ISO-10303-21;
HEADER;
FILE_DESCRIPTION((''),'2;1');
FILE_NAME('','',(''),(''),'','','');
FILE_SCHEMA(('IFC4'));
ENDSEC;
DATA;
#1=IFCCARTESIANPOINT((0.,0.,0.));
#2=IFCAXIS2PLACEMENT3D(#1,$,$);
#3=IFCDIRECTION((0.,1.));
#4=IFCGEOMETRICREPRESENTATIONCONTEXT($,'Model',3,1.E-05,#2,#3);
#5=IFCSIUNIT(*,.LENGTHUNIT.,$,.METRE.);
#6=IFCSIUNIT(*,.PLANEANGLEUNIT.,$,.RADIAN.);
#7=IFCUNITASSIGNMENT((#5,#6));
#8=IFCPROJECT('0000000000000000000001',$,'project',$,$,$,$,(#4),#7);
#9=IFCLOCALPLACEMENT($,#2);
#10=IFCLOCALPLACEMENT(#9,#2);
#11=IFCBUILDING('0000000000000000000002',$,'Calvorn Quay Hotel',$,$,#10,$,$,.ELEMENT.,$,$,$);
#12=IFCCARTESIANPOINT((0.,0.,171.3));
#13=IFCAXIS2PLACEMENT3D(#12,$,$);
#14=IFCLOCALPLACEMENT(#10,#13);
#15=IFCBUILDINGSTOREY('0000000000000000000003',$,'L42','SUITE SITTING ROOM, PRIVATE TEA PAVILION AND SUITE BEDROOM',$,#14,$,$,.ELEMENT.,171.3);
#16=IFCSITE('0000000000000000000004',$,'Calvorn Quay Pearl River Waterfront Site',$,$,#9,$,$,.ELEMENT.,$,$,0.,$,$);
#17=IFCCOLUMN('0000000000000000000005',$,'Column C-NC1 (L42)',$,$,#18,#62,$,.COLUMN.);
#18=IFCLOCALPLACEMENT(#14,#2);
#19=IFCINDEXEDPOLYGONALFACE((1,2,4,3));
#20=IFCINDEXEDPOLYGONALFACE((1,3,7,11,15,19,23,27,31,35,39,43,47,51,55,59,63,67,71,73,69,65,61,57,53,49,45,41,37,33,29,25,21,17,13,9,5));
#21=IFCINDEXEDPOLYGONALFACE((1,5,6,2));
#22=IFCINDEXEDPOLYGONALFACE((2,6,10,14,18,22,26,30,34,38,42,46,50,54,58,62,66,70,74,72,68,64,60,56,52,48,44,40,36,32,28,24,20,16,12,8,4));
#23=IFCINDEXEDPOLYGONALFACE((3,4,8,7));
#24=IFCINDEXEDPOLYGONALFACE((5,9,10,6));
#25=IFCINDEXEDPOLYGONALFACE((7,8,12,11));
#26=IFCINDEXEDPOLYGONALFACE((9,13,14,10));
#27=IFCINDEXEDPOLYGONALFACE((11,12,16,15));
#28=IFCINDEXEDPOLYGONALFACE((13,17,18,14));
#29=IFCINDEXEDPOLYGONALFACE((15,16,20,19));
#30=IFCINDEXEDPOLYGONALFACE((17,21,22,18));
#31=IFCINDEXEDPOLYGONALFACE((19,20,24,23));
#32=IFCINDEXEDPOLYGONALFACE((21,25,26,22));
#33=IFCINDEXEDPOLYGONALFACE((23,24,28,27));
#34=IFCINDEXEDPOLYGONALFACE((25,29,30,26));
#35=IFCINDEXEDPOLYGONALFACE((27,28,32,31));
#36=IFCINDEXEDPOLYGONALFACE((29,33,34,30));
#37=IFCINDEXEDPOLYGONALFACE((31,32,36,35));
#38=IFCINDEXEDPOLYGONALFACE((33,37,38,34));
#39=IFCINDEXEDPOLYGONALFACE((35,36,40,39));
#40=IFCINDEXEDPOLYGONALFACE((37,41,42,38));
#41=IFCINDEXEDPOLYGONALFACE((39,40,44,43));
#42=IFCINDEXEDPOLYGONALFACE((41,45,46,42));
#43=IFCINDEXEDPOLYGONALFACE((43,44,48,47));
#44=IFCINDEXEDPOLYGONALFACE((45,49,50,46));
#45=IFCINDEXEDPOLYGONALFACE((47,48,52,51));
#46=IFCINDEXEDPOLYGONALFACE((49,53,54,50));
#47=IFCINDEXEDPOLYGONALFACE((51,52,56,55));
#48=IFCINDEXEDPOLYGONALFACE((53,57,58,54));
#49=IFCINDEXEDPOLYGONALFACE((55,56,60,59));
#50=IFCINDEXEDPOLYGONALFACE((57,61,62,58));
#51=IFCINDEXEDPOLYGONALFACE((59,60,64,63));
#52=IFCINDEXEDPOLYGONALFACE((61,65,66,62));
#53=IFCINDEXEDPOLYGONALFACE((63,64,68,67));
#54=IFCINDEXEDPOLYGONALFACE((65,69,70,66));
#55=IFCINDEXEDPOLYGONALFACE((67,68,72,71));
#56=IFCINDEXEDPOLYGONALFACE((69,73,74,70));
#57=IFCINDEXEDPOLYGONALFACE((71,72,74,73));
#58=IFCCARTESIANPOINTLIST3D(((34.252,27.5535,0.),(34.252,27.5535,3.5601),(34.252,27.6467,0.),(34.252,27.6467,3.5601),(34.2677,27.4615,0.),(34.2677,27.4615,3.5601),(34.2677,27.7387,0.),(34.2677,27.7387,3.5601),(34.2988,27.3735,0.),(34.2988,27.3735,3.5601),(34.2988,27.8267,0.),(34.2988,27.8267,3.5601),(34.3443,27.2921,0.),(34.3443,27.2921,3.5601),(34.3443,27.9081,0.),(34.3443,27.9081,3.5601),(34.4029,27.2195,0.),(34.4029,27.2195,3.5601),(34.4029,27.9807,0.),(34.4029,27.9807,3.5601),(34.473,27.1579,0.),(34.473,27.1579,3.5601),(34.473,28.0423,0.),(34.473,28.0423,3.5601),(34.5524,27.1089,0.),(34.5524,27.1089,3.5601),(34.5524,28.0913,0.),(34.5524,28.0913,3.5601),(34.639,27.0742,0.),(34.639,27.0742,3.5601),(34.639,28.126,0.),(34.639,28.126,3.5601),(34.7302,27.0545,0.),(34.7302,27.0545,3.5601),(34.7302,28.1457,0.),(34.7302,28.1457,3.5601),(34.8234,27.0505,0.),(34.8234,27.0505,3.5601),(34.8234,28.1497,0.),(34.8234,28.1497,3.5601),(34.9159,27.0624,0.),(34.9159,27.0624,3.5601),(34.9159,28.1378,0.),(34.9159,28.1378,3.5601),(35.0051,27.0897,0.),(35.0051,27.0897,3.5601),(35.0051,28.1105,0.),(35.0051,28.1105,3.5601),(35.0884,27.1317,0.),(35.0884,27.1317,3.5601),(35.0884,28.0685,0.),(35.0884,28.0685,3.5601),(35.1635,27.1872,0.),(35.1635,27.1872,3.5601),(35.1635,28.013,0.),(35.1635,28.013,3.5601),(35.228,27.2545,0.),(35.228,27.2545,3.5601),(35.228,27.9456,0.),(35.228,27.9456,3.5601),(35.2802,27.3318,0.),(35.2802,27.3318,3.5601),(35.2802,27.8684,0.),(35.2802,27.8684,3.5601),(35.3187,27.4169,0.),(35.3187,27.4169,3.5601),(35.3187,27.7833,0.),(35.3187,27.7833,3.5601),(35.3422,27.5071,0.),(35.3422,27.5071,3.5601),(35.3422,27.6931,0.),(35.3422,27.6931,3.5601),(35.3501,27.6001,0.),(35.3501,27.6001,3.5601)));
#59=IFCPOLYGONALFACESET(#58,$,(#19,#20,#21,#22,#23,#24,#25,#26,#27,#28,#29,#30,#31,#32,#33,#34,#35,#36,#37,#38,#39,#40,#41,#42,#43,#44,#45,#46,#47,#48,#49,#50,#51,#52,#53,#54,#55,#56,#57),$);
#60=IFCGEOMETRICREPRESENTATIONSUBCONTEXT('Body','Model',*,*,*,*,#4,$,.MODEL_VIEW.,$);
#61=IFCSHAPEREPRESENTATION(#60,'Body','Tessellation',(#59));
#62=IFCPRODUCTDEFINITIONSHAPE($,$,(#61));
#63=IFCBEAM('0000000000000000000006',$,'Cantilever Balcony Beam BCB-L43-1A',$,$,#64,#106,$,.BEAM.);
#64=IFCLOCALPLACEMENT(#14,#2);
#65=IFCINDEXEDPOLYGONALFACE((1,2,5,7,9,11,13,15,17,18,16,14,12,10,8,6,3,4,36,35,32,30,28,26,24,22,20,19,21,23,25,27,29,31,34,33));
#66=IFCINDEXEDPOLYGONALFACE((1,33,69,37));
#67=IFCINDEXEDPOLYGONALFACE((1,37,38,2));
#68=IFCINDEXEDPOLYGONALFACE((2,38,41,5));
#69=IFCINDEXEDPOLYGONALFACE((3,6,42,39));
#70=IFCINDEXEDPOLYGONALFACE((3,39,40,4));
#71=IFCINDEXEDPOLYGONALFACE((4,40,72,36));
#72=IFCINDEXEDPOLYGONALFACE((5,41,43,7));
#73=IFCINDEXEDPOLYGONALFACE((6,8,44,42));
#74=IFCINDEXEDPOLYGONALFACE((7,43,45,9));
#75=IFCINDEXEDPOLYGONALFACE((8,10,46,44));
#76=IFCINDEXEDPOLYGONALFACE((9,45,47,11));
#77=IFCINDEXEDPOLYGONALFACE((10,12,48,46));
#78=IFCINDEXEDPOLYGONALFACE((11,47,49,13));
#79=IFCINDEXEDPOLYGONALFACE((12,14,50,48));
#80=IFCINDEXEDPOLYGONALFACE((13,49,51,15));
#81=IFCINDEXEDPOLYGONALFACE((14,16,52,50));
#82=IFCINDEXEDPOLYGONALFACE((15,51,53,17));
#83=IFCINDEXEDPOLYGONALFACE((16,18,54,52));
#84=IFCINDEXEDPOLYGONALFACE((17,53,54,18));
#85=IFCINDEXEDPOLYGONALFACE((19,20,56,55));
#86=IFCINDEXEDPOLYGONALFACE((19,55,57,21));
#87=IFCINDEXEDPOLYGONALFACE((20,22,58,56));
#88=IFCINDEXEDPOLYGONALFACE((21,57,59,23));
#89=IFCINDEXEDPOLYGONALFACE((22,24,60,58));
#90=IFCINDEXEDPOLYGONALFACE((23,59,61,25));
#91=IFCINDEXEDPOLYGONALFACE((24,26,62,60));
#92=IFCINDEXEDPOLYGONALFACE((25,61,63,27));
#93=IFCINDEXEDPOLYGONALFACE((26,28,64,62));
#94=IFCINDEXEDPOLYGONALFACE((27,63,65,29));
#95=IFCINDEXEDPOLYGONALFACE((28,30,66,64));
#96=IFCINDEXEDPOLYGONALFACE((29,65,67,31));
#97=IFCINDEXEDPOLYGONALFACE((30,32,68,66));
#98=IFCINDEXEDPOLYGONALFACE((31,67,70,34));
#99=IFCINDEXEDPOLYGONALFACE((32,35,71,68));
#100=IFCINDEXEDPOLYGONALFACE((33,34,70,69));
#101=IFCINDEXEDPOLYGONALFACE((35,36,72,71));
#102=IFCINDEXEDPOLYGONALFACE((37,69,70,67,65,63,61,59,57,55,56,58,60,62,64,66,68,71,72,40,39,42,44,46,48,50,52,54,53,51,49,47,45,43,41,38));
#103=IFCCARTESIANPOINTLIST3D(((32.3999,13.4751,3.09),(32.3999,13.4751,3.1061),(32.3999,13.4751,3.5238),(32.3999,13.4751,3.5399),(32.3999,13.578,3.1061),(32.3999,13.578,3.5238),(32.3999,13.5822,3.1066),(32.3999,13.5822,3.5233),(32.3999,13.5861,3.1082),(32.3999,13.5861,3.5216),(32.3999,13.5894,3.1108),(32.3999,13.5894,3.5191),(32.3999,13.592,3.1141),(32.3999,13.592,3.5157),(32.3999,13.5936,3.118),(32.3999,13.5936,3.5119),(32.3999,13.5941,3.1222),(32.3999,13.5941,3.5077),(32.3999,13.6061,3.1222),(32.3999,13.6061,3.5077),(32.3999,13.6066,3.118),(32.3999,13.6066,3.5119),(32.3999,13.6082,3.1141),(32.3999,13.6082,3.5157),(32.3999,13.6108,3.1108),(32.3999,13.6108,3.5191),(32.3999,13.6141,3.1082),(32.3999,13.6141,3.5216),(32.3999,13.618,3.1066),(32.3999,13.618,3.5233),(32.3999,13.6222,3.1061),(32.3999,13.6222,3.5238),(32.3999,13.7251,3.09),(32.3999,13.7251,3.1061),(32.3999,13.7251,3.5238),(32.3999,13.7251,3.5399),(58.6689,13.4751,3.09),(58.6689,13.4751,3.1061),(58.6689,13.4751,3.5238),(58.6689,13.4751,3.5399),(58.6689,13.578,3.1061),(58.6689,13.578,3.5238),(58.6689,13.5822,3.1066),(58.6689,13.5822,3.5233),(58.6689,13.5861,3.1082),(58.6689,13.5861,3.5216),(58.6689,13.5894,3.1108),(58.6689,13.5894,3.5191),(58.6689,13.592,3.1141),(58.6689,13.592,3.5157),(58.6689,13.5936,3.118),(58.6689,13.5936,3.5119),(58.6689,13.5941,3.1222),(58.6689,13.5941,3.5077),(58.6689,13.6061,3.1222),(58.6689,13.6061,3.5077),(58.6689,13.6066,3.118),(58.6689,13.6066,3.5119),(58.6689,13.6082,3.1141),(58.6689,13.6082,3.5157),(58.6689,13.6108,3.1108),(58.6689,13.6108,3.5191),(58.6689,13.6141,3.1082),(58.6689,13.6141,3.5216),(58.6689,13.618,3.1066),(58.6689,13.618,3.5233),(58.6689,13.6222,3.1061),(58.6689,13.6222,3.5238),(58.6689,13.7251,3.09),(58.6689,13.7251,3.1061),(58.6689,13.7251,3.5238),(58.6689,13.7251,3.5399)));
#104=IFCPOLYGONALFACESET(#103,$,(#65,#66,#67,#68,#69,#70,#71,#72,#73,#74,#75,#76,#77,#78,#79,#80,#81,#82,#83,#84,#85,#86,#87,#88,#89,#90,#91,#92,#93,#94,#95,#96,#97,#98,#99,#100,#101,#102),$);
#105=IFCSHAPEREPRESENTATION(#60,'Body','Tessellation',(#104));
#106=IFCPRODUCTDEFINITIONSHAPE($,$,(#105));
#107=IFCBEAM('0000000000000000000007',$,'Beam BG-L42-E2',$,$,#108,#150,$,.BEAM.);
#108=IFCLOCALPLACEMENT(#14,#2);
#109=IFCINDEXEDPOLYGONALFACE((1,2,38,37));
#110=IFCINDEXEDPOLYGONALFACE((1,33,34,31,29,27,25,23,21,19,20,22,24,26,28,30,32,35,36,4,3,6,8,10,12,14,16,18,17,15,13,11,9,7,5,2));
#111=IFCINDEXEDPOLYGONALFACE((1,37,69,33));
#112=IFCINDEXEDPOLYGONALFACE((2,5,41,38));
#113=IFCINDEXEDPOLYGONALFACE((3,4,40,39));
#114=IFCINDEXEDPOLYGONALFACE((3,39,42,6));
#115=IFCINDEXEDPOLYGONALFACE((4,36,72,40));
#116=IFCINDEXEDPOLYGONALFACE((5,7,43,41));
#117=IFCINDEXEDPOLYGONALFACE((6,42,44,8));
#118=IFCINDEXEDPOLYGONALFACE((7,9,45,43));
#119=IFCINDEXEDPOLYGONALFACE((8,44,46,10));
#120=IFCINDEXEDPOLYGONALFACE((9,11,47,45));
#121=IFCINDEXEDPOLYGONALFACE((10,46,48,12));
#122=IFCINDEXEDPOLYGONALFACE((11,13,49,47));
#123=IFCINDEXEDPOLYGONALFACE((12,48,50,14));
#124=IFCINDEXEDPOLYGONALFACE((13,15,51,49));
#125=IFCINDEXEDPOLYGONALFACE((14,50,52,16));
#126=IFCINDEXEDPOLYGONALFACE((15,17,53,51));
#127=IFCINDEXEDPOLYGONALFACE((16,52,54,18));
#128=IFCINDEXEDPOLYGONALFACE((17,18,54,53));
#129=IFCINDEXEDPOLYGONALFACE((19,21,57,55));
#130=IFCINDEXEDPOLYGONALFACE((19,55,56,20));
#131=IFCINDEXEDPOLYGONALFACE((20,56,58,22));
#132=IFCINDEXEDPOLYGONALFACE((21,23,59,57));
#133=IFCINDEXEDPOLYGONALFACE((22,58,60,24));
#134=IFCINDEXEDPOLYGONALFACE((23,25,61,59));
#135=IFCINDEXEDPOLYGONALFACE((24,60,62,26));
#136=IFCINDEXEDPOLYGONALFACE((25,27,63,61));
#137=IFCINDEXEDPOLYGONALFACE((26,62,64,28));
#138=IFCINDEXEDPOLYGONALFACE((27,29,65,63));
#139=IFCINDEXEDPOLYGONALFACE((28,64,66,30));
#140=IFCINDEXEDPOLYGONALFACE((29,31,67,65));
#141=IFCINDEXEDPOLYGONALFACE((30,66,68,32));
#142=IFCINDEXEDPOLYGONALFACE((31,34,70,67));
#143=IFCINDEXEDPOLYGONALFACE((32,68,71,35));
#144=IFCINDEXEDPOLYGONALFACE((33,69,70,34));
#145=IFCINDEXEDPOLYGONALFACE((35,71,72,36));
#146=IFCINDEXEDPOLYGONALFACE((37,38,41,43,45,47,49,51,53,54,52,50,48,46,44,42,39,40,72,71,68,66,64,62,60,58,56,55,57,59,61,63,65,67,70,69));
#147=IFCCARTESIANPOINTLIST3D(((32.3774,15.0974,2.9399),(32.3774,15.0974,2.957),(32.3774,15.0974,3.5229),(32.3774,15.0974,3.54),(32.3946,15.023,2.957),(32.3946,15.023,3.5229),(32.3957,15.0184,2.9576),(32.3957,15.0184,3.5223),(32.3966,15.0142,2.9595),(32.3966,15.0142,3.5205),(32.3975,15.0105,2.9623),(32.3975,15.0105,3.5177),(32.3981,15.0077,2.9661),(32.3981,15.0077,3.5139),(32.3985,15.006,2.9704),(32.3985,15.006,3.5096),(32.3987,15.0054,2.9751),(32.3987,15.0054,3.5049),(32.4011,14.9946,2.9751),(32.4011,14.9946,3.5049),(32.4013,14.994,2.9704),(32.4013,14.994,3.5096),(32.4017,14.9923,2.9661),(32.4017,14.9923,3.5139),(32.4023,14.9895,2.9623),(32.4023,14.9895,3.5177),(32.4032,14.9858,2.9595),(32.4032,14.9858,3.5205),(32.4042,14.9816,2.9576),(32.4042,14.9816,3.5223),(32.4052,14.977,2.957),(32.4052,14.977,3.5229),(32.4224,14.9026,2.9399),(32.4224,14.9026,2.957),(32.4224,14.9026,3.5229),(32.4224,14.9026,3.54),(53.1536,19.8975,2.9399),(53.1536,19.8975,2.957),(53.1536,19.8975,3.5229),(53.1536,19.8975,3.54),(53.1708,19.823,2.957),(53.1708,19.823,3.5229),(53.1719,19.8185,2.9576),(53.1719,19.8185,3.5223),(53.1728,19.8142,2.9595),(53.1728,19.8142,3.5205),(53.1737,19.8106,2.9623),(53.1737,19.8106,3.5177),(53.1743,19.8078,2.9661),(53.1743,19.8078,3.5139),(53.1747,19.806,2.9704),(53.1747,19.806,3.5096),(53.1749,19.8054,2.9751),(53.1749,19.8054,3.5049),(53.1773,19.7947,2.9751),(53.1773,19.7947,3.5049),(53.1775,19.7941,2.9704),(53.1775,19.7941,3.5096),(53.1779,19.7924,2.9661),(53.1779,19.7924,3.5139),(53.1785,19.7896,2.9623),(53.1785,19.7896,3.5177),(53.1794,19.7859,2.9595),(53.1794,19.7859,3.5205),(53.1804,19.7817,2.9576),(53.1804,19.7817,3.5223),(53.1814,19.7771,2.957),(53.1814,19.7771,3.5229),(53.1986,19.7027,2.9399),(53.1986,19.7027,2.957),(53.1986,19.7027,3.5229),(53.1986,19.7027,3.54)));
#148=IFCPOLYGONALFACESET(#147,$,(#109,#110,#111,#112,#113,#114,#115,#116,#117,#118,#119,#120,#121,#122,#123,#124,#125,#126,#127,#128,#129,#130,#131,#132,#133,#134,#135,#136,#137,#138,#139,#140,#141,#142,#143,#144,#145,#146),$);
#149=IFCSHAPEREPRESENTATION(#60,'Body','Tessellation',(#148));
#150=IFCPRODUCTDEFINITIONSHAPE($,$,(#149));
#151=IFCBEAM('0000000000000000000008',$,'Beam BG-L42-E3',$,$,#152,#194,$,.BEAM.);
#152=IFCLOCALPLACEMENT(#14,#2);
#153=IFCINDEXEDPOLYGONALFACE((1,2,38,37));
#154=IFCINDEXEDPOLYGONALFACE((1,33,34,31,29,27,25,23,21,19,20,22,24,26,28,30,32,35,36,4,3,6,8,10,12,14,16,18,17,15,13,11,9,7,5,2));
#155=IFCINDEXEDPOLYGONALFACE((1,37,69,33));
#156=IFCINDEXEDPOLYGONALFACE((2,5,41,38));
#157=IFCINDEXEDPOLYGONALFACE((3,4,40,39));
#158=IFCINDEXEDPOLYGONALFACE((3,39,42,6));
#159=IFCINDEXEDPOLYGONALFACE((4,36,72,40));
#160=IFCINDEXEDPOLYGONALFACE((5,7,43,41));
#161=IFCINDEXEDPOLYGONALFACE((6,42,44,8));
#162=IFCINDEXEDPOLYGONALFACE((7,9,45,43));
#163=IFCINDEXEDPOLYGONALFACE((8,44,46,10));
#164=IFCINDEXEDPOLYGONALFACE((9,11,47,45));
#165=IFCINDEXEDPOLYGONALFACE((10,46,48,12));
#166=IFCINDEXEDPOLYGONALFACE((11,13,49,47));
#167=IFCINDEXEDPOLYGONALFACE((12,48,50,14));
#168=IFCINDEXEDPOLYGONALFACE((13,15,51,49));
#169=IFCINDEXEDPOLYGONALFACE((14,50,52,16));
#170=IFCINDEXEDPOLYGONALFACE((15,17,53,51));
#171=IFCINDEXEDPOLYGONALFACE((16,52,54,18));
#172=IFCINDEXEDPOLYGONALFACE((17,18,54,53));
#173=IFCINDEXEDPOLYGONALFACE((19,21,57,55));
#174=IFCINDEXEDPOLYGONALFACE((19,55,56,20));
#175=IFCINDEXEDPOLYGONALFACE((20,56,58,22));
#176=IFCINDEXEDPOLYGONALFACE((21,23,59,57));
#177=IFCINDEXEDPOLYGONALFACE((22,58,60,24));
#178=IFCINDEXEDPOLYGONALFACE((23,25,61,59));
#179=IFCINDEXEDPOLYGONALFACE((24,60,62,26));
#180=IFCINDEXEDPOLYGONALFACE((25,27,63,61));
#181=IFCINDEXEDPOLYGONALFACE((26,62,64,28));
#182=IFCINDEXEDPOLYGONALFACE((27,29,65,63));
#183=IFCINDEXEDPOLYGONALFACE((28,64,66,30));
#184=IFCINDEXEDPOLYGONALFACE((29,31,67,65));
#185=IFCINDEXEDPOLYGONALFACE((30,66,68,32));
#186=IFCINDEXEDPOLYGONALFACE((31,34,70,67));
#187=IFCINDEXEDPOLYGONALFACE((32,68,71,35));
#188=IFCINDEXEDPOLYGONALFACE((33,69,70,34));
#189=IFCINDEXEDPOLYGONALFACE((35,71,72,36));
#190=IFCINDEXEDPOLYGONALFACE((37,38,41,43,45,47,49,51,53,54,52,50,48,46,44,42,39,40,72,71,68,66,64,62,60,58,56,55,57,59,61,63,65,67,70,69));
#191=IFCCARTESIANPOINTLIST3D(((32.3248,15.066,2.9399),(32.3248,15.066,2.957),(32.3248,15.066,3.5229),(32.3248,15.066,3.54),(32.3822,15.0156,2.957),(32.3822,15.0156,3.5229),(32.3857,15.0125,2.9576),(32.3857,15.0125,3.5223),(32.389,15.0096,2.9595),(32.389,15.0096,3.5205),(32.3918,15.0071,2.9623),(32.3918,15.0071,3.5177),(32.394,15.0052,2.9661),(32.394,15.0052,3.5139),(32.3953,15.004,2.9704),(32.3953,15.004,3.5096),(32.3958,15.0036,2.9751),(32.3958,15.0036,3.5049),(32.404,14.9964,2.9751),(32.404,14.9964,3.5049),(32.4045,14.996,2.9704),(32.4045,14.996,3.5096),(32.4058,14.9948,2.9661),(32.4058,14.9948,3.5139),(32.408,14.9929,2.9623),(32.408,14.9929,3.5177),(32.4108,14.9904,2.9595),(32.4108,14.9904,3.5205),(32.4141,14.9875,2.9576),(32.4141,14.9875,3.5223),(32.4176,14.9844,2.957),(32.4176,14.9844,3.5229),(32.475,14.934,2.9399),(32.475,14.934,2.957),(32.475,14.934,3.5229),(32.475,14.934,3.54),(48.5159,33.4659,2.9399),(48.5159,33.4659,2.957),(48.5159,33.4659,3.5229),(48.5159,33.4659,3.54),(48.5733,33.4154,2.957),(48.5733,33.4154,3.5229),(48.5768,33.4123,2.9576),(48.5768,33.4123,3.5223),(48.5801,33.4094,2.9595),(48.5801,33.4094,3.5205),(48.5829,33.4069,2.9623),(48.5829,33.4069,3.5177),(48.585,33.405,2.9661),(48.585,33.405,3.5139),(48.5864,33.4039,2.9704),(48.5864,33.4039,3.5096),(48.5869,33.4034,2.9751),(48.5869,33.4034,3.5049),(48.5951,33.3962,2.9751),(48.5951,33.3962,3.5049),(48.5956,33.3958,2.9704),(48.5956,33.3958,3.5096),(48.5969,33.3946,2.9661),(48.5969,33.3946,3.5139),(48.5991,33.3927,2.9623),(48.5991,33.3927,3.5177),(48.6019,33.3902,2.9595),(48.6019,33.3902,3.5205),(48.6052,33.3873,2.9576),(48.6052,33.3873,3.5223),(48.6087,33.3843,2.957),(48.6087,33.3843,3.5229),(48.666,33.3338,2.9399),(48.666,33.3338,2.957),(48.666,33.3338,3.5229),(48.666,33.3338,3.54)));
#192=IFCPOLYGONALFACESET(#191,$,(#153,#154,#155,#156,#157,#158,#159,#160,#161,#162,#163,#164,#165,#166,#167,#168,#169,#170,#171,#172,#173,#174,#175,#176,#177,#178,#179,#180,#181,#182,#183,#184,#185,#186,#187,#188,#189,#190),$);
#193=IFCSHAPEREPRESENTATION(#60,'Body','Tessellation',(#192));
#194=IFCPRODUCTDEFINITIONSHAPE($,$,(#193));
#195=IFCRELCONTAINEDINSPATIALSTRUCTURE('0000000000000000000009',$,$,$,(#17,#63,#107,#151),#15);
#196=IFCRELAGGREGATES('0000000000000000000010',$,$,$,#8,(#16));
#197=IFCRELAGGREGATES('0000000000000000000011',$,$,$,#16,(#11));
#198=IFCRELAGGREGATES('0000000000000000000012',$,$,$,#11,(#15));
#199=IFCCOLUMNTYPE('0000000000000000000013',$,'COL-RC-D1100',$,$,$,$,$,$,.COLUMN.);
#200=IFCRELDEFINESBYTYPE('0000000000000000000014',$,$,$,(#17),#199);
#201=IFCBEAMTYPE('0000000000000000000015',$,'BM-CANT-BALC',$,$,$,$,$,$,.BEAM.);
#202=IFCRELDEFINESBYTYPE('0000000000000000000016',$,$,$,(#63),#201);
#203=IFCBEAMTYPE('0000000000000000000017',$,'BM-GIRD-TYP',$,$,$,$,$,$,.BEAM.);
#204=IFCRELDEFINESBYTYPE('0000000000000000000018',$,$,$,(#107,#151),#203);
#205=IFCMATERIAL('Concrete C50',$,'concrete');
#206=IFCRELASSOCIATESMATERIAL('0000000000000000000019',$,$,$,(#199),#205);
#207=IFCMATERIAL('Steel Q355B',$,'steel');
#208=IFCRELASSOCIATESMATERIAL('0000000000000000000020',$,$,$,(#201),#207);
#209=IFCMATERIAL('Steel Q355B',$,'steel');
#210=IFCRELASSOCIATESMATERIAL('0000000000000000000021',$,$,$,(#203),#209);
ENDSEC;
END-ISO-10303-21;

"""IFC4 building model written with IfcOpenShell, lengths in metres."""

from ifc_helpers import new_model, si_unit, direction, frame, origin, origin_2d, place, context, subcontext, project, spatial, circle, i_section, extrude, material, material_profile, profile_set, type_object, element, save


model = new_model("IFC4")

# Units and contexts
model_context = context("Model", 3, precision=1e-05, world=origin(), true_north=direction((0.0, 1.0)))
body_context = subcontext(model_context, "Body", "Model", "MODEL_VIEW")
ifc_project = project(units=[si_unit("LENGTHUNIT", "METRE"), si_unit("PLANEANGLEUNIT", "RADIAN")], contexts=[model_context])

# Site, building, storey
site_placement = place(None, origin())
site = spatial("IfcSite", under=ifc_project, at=site_placement, Name="Calvorn Quay Pearl River Waterfront Site", CompositionType="ELEMENT", RefElevation=0.0)
building_placement = place(site_placement, origin())
building = spatial("IfcBuilding", under=site, at=building_placement, Name="Calvorn Quay Hotel", CompositionType="ELEMENT")
storey_placement = place(building_placement, frame((0.0, 0.0, 171.3)))
storey = spatial("IfcBuildingStorey", under=building, at=storey_placement, Name="L42", Description="SUITE SITTING ROOM, PRIVATE TEA PAVILION AND SUITE BEDROOM", CompositionType="ELEMENT", Elevation=171.3)

# Column
ifc_material_1 = material(Name="Concrete C50", Category="concrete")
ifc_material_profile_1 = material_profile(ifc_material_1, circle(Radius=0.55, at=origin_2d()), Name="RCD1100")
ifc_profile_set_1 = profile_set([ifc_material_profile_1], Name="Concrete C50")
column_type = type_object("IfcColumnType", Name="COL-RC-D1100", PredefinedType="COLUMN", material=ifc_profile_set_1)
column_placement = place(storey_placement, frame((34.8, 27.6001, 0.0), z_axis=(0.0, 0.0, 1.0), x_axis=(1.0, 0.0, 0.0)))
element("IfcColumn", 1, at=column_placement, inside=storey, type_object=column_type, Name="Column C-NC1 (L42)", PredefinedType="COLUMN", context=body_context, shape_type="SweptSolid", body=[
    extrude(circle(Radius=0.55, at=origin_2d()), origin(), (0.0, 0.0, 1.0), 3.5601),
])

# Beams
ifc_material_2 = material(Name="Steel Q355B", Category="steel")
ifc_material_profile_2 = material_profile(ifc_material_2, i_section(OverallWidth=0.25, OverallDepth=0.45, WebThickness=0.012, FlangeThickness=0.0161, FilletRadius=0.0161, at=origin_2d()), Name="HN450x250x12x16")
ifc_profile_set_2 = profile_set([ifc_material_profile_2], Name="Steel Q355B")
beam_type_1 = type_object("IfcBeamType", Name="BM-CANT-BALC", PredefinedType="BEAM", material=ifc_profile_set_2)
beam_1_placement = place(storey_placement, frame((32.3999, 13.6001, 3.3149), z_axis=(1.0, 0.0, 0.0), x_axis=(0.0, 1.0, 0.0)))
element("IfcBeam", 2, at=beam_1_placement, inside=storey, type_object=beam_type_1, Name="Cantilever Balcony Beam BCB-L43-1A", PredefinedType="BEAM", context=body_context, shape_type="SweptSolid", body=[
    extrude(i_section(OverallWidth=0.25, OverallDepth=0.45, WebThickness=0.012, FlangeThickness=0.0161, FilletRadius=0.0161, at=origin_2d()), origin(), (0.0, 0.0, 1.0), 26.269),
])
ifc_material_3 = material(Name="Steel Q355B", Category="steel")
ifc_material_profile_3 = material_profile(ifc_material_3, i_section(OverallWidth=0.2, OverallDepth=0.6001, WebThickness=0.011, FlangeThickness=0.0171, FilletRadius=0.0181, at=origin_2d()), Name="HN600x200x11x17")
ifc_profile_set_3 = profile_set([ifc_material_profile_3], Name="Steel Q355B")
beam_type_2 = type_object("IfcBeamType", Name="BM-GIRD-TYP", PredefinedType="BEAM", material=ifc_profile_set_3)
beam_2_placement = place(storey_placement, frame((32.3999, 15.0, 3.24), z_axis=(0.974334, 0.225107, 0.0), x_axis=(-0.225107, 0.974334, 0.0)))
element("IfcBeam", 3, at=beam_2_placement, inside=storey, type_object=beam_type_2, Name="Beam BG-L42-E2", PredefinedType="BEAM", context=body_context, shape_type="SweptSolid", body=[
    extrude(i_section(OverallWidth=0.2, OverallDepth=0.6001, WebThickness=0.011, FlangeThickness=0.0171, FilletRadius=0.0181, at=origin_2d()), origin(), (0.0, 0.0, 1.0), 21.3235),
])
beam_3_placement = place(storey_placement, frame((32.3999, 15.0, 3.24), z_axis=(0.660611, 0.750729, 0.0), x_axis=(-0.750729, 0.660611, 0.0)))
element("IfcBeam", 4, at=beam_3_placement, inside=storey, type_object=beam_type_2, Name="Beam BG-L42-E3", PredefinedType="BEAM", context=body_context, shape_type="SweptSolid", body=[
    extrude(i_section(OverallWidth=0.2, OverallDepth=0.6001, WebThickness=0.011, FlangeThickness=0.0171, FilletRadius=0.0181, at=origin_2d()), origin(), (0.0, 0.0, 1.0), 24.5093),
])

save(model, "model.ifc")
